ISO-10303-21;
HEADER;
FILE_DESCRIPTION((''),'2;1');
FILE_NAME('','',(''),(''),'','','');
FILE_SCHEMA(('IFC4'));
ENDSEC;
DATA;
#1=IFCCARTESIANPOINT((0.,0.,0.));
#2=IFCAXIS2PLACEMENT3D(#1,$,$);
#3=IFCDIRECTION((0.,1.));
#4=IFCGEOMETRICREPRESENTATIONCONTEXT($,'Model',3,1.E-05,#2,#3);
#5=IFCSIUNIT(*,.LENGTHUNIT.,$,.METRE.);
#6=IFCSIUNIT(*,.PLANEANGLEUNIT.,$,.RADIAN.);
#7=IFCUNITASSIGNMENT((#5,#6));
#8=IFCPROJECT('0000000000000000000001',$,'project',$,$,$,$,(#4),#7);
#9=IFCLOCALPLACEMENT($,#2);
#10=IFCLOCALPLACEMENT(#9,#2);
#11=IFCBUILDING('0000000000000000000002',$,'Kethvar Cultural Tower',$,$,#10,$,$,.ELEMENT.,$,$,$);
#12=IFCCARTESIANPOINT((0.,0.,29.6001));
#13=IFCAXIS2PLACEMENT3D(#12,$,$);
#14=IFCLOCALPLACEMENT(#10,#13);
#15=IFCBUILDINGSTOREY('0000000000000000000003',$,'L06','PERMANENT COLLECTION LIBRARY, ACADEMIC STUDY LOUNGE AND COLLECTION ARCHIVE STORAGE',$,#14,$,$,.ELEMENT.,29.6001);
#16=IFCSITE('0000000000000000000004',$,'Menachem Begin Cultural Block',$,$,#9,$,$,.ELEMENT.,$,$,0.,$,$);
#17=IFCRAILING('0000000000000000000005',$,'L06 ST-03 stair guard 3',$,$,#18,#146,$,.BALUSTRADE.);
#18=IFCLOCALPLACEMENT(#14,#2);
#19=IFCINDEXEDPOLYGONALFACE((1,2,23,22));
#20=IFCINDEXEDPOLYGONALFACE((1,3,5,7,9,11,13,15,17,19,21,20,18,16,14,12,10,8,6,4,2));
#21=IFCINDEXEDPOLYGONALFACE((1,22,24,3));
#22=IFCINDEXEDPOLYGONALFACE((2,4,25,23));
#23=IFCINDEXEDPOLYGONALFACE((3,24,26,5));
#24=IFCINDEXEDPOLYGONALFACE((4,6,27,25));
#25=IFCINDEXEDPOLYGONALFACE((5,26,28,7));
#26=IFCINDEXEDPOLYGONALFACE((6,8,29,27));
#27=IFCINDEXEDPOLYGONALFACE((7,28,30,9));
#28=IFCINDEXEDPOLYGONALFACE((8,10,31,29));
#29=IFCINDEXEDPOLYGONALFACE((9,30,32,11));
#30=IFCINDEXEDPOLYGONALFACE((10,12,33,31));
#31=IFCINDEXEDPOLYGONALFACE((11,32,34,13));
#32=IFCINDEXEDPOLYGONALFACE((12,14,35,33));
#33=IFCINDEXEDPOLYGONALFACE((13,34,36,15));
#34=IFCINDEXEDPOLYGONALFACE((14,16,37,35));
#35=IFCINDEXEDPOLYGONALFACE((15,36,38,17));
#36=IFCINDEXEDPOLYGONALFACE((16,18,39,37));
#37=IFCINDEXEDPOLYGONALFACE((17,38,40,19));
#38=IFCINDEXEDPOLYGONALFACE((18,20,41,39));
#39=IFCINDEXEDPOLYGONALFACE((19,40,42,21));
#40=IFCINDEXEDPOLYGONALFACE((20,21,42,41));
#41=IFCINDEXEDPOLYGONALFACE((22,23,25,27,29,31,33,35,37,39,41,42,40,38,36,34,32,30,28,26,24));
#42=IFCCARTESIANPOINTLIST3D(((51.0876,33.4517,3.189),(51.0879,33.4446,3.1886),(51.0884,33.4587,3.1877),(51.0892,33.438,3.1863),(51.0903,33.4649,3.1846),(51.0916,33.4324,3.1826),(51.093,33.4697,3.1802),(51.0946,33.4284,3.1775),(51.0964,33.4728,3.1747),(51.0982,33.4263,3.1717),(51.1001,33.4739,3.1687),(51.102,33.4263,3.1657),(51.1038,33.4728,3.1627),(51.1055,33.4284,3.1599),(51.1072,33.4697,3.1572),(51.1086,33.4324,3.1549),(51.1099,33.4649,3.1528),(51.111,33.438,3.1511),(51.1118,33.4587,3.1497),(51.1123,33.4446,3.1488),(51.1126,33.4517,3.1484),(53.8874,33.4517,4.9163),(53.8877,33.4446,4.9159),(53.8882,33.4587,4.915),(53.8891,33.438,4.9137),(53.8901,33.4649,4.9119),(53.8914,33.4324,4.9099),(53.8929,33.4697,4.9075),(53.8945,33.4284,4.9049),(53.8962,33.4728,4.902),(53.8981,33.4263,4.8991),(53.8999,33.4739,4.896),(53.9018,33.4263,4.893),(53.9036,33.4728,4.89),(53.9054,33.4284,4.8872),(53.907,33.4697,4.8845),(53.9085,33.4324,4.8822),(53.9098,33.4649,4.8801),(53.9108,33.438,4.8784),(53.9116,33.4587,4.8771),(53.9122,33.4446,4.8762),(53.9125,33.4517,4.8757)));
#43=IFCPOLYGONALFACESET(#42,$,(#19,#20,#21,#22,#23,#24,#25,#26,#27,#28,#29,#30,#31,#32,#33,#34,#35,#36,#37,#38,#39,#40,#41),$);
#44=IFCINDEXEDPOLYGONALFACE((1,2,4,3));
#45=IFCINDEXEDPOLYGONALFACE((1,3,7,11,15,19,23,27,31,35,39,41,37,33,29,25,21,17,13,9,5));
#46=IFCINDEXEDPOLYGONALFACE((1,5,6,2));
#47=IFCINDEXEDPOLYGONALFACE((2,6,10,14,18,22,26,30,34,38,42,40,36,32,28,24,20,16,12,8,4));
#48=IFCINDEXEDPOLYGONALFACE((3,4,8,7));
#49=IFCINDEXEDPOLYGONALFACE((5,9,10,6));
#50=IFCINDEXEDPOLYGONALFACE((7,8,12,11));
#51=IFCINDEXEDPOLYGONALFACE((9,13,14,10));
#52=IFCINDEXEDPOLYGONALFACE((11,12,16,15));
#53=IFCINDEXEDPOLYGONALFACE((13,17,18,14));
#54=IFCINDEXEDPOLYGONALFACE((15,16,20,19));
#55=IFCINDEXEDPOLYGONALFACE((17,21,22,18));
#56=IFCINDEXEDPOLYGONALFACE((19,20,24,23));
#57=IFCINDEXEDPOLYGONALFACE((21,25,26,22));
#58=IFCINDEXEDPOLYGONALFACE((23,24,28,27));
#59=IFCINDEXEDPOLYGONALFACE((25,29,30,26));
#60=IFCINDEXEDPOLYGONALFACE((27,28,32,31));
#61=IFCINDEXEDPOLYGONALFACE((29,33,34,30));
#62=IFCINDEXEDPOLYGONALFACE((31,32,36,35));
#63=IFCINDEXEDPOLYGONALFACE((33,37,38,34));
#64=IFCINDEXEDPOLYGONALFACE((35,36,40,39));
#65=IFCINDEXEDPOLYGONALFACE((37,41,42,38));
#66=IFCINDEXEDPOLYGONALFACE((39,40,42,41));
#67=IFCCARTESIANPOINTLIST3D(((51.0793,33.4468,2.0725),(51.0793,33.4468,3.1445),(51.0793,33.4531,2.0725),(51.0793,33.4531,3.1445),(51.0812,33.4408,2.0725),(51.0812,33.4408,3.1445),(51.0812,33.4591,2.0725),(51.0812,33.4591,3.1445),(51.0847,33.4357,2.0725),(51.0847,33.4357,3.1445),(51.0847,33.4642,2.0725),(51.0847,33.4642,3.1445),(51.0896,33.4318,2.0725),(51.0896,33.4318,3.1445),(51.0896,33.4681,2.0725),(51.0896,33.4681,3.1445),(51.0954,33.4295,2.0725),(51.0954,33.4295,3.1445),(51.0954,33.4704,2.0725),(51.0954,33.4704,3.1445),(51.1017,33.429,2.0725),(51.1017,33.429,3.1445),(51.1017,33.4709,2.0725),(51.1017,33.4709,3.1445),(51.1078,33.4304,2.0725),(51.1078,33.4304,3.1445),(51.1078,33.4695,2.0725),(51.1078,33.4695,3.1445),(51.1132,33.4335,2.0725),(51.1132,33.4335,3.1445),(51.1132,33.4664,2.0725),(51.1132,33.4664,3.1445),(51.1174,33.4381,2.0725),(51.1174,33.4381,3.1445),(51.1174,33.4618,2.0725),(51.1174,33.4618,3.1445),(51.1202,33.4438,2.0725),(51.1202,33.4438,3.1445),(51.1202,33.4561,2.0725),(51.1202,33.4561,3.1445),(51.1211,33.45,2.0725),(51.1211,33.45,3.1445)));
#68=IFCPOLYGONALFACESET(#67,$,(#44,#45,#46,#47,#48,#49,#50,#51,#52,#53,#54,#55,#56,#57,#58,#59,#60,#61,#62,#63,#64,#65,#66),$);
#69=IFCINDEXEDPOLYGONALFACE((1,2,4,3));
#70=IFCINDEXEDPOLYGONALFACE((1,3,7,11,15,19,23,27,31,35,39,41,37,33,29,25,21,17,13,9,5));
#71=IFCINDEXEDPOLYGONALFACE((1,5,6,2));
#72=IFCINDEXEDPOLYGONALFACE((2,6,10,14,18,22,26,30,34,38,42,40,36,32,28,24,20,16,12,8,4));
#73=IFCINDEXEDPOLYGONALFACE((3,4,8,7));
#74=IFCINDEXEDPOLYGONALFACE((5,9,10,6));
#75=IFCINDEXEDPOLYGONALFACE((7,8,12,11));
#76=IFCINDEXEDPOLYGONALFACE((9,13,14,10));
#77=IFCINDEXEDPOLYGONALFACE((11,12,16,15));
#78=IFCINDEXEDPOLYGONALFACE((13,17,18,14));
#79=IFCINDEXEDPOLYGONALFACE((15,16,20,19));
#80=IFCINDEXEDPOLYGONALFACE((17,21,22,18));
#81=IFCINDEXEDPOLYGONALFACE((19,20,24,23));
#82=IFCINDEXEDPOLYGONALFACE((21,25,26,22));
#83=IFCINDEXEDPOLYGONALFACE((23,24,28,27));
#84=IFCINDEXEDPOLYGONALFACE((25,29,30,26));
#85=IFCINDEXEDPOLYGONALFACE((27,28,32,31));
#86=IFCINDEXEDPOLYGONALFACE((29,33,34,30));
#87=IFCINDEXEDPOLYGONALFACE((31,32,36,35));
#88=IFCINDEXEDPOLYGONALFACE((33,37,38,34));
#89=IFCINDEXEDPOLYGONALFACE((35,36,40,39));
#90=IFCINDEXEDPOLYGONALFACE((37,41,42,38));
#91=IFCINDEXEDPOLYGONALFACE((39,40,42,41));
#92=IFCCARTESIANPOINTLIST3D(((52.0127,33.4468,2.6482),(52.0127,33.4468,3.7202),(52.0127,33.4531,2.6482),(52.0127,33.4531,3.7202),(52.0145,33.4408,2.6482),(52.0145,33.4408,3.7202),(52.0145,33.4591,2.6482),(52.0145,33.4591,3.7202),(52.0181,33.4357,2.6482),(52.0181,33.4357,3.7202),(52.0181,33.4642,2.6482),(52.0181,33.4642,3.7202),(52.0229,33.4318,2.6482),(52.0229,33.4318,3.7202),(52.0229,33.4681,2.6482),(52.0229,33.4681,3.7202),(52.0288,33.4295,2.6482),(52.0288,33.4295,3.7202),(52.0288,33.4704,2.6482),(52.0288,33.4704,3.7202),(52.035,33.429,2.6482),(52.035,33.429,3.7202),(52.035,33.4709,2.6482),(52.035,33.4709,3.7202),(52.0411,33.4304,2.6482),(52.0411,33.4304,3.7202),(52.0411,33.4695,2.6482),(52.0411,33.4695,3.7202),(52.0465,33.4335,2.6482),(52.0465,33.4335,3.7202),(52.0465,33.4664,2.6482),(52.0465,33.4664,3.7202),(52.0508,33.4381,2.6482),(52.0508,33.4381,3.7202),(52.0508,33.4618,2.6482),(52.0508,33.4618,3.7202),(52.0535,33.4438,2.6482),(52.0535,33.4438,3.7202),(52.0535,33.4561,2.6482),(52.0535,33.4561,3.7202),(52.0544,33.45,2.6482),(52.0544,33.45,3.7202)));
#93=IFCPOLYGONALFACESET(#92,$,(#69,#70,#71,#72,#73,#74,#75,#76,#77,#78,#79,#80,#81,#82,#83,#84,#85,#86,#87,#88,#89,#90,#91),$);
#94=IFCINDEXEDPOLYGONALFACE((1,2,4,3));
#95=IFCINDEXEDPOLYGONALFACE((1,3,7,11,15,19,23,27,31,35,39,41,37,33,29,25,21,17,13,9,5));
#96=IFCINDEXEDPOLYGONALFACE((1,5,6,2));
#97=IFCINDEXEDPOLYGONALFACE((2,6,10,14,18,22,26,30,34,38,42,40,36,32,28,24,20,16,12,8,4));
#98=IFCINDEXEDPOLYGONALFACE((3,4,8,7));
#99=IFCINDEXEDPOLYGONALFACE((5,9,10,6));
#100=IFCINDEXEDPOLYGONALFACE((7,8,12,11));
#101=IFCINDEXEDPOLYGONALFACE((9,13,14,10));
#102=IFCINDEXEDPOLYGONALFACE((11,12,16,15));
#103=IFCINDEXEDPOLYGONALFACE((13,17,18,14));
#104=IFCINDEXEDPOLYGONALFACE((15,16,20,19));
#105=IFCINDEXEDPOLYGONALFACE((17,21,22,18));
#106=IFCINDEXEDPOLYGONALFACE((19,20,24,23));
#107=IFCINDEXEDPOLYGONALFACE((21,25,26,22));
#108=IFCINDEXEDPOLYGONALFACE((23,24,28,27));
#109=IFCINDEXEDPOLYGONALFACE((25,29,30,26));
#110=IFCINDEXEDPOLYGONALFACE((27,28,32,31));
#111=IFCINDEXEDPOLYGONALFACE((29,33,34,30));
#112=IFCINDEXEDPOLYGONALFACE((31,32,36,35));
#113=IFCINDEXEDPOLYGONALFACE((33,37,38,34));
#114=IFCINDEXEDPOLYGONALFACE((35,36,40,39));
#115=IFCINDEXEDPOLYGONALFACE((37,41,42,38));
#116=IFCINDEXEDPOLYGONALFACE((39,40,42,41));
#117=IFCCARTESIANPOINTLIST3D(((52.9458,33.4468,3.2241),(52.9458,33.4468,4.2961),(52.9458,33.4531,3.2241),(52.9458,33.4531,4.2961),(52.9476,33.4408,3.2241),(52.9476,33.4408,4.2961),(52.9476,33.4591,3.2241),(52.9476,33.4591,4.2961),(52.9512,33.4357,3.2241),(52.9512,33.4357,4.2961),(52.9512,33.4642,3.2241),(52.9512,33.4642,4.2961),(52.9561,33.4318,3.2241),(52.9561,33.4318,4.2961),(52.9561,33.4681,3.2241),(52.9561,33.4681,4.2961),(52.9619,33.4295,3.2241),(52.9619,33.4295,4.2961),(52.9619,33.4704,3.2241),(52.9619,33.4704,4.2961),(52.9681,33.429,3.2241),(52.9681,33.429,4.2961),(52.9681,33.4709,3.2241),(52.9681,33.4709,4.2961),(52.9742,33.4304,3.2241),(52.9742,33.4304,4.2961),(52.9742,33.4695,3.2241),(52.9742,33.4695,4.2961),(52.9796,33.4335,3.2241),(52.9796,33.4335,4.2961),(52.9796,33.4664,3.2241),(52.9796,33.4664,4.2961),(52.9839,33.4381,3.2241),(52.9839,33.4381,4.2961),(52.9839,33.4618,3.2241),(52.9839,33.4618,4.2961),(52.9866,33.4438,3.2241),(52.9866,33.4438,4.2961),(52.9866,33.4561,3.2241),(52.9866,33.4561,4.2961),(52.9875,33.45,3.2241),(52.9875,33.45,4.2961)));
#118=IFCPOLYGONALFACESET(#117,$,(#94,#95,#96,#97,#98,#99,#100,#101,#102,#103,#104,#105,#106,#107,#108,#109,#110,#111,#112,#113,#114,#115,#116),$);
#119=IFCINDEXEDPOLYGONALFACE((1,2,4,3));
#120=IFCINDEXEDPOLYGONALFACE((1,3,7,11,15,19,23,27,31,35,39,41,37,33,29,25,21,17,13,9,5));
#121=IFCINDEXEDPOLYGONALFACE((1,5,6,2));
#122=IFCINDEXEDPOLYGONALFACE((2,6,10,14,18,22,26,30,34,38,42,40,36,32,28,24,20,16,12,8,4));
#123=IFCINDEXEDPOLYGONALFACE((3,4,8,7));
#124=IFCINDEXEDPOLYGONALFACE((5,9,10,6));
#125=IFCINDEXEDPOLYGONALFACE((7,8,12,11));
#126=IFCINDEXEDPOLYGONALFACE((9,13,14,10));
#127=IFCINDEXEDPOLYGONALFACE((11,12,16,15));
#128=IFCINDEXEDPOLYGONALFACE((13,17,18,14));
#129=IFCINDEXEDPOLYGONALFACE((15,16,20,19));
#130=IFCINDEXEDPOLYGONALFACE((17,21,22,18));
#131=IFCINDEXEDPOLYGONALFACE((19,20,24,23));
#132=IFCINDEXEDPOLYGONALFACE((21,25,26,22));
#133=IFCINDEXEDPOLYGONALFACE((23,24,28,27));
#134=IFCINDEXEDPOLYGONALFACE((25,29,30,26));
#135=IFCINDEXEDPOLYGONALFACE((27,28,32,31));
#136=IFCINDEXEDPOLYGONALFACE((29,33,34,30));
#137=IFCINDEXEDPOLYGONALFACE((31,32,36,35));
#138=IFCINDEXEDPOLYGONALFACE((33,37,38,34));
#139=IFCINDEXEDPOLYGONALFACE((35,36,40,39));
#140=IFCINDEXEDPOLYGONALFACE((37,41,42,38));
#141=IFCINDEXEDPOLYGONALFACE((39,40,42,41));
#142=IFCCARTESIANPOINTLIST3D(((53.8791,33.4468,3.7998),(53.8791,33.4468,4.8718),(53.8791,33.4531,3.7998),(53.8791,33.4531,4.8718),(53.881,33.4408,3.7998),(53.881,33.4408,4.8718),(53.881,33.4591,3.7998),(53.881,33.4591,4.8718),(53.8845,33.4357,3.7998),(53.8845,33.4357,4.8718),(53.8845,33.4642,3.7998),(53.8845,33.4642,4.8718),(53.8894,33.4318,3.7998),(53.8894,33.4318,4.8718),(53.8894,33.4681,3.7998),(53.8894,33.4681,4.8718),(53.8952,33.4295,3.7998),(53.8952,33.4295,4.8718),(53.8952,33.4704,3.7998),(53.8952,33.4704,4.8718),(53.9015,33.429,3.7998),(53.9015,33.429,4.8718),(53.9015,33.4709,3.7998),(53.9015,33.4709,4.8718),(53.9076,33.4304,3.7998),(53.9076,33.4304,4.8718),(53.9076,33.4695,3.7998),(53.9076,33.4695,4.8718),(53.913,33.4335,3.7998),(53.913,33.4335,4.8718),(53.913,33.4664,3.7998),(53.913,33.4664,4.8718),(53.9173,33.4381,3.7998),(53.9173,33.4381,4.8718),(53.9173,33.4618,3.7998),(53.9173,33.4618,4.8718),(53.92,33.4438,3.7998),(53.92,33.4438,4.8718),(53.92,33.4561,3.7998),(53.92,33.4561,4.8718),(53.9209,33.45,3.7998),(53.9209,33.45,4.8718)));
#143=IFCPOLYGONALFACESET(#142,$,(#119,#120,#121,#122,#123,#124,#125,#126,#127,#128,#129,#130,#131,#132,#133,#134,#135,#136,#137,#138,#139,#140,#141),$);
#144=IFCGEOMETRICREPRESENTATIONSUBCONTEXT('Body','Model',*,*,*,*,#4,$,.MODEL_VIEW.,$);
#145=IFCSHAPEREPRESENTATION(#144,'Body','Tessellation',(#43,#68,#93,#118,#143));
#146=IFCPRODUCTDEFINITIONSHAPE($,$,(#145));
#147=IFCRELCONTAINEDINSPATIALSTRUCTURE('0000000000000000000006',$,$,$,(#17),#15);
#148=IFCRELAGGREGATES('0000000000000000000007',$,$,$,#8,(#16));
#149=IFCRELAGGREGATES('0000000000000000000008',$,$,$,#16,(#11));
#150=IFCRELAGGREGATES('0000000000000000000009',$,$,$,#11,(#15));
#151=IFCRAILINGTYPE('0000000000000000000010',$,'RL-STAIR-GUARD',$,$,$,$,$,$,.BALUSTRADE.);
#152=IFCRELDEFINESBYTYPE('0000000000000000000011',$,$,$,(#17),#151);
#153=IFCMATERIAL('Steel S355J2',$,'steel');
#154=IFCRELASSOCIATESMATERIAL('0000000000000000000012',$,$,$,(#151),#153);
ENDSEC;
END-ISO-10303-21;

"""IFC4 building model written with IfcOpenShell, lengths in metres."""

from ifc_helpers import new_model, si_unit, direction, frame, origin, origin_2d, place, context, subcontext, project, spatial, circle, extrude, material, type_object, element, save


model = new_model("IFC4")

# Units and contexts
model_context = context("Model", 3, precision=1e-05, world=origin(), true_north=direction((0.0, 1.0)))
body_context = subcontext(model_context, "Body", "Model", "MODEL_VIEW")
ifc_project = project(units=[si_unit("LENGTHUNIT", "METRE"), si_unit("PLANEANGLEUNIT", "RADIAN")], contexts=[model_context])

# Site, building, storey
site_placement = place(None, origin())
site = spatial("IfcSite", under=ifc_project, at=site_placement, Name="Menachem Begin Cultural Block", CompositionType="ELEMENT", RefElevation=0.0)
building_placement = place(site_placement, origin())
building = spatial("IfcBuilding", under=site, at=building_placement, Name="Kethvar Cultural Tower", CompositionType="ELEMENT")
storey_placement = place(building_placement, frame((0.0, 0.0, 29.6001)))
storey = spatial("IfcBuildingStorey", under=building, at=storey_placement, Name="L06", Description="PERMANENT COLLECTION LIBRARY, ACADEMIC STUDY LOUNGE AND COLLECTION ARCHIVE STORAGE", CompositionType="ELEMENT", Elevation=29.6001)

# Shared definitions
ifc_material_1 = material(Name="Steel S355J2", Category="steel")

# Railing
railing_type_1 = type_object("IfcRailingType", Name="RL-STAIR-GUARD", PredefinedType="BALUSTRADE", material=ifc_material_1)
railing_1_placement = place(storey_placement, frame((51.1001, 33.45, 2.0725)))
element("IfcRailing", 1, at=railing_1_placement, inside=storey, type_object=railing_type_1, Name="L06 ST-03 stair guard 3", PredefinedType="BALUSTRADE", context=body_context, shape_type="SweptSolid", body=[
    extrude(circle(Radius=0.0239, at=origin_2d()), frame((0.0, 0.0, 1.0962), z_axis=(0.851069, 0.0, 0.525054), x_axis=(0.0, 1.0, 0.0)), (0.0, 0.0, 1.0), 3.2898),
    extrude(circle(Radius=0.021, at=origin_2d()), origin(), (0.0, 0.0, 1.0), 1.072),
    extrude(circle(Radius=0.021, at=origin_2d()), frame((0.9333, 0.0, 0.5757)), (0.0, 0.0, 1.0), 1.072),
    extrude(circle(Radius=0.021, at=origin_2d()), frame((1.8665, 0.0, 1.1516)), (0.0, 0.0, 1.0), 1.072),
    extrude(circle(Radius=0.021, at=origin_2d()), frame((2.7998, 0.0, 1.7273)), (0.0, 0.0, 1.0), 1.072),
])

save(model, "model.ifc")
